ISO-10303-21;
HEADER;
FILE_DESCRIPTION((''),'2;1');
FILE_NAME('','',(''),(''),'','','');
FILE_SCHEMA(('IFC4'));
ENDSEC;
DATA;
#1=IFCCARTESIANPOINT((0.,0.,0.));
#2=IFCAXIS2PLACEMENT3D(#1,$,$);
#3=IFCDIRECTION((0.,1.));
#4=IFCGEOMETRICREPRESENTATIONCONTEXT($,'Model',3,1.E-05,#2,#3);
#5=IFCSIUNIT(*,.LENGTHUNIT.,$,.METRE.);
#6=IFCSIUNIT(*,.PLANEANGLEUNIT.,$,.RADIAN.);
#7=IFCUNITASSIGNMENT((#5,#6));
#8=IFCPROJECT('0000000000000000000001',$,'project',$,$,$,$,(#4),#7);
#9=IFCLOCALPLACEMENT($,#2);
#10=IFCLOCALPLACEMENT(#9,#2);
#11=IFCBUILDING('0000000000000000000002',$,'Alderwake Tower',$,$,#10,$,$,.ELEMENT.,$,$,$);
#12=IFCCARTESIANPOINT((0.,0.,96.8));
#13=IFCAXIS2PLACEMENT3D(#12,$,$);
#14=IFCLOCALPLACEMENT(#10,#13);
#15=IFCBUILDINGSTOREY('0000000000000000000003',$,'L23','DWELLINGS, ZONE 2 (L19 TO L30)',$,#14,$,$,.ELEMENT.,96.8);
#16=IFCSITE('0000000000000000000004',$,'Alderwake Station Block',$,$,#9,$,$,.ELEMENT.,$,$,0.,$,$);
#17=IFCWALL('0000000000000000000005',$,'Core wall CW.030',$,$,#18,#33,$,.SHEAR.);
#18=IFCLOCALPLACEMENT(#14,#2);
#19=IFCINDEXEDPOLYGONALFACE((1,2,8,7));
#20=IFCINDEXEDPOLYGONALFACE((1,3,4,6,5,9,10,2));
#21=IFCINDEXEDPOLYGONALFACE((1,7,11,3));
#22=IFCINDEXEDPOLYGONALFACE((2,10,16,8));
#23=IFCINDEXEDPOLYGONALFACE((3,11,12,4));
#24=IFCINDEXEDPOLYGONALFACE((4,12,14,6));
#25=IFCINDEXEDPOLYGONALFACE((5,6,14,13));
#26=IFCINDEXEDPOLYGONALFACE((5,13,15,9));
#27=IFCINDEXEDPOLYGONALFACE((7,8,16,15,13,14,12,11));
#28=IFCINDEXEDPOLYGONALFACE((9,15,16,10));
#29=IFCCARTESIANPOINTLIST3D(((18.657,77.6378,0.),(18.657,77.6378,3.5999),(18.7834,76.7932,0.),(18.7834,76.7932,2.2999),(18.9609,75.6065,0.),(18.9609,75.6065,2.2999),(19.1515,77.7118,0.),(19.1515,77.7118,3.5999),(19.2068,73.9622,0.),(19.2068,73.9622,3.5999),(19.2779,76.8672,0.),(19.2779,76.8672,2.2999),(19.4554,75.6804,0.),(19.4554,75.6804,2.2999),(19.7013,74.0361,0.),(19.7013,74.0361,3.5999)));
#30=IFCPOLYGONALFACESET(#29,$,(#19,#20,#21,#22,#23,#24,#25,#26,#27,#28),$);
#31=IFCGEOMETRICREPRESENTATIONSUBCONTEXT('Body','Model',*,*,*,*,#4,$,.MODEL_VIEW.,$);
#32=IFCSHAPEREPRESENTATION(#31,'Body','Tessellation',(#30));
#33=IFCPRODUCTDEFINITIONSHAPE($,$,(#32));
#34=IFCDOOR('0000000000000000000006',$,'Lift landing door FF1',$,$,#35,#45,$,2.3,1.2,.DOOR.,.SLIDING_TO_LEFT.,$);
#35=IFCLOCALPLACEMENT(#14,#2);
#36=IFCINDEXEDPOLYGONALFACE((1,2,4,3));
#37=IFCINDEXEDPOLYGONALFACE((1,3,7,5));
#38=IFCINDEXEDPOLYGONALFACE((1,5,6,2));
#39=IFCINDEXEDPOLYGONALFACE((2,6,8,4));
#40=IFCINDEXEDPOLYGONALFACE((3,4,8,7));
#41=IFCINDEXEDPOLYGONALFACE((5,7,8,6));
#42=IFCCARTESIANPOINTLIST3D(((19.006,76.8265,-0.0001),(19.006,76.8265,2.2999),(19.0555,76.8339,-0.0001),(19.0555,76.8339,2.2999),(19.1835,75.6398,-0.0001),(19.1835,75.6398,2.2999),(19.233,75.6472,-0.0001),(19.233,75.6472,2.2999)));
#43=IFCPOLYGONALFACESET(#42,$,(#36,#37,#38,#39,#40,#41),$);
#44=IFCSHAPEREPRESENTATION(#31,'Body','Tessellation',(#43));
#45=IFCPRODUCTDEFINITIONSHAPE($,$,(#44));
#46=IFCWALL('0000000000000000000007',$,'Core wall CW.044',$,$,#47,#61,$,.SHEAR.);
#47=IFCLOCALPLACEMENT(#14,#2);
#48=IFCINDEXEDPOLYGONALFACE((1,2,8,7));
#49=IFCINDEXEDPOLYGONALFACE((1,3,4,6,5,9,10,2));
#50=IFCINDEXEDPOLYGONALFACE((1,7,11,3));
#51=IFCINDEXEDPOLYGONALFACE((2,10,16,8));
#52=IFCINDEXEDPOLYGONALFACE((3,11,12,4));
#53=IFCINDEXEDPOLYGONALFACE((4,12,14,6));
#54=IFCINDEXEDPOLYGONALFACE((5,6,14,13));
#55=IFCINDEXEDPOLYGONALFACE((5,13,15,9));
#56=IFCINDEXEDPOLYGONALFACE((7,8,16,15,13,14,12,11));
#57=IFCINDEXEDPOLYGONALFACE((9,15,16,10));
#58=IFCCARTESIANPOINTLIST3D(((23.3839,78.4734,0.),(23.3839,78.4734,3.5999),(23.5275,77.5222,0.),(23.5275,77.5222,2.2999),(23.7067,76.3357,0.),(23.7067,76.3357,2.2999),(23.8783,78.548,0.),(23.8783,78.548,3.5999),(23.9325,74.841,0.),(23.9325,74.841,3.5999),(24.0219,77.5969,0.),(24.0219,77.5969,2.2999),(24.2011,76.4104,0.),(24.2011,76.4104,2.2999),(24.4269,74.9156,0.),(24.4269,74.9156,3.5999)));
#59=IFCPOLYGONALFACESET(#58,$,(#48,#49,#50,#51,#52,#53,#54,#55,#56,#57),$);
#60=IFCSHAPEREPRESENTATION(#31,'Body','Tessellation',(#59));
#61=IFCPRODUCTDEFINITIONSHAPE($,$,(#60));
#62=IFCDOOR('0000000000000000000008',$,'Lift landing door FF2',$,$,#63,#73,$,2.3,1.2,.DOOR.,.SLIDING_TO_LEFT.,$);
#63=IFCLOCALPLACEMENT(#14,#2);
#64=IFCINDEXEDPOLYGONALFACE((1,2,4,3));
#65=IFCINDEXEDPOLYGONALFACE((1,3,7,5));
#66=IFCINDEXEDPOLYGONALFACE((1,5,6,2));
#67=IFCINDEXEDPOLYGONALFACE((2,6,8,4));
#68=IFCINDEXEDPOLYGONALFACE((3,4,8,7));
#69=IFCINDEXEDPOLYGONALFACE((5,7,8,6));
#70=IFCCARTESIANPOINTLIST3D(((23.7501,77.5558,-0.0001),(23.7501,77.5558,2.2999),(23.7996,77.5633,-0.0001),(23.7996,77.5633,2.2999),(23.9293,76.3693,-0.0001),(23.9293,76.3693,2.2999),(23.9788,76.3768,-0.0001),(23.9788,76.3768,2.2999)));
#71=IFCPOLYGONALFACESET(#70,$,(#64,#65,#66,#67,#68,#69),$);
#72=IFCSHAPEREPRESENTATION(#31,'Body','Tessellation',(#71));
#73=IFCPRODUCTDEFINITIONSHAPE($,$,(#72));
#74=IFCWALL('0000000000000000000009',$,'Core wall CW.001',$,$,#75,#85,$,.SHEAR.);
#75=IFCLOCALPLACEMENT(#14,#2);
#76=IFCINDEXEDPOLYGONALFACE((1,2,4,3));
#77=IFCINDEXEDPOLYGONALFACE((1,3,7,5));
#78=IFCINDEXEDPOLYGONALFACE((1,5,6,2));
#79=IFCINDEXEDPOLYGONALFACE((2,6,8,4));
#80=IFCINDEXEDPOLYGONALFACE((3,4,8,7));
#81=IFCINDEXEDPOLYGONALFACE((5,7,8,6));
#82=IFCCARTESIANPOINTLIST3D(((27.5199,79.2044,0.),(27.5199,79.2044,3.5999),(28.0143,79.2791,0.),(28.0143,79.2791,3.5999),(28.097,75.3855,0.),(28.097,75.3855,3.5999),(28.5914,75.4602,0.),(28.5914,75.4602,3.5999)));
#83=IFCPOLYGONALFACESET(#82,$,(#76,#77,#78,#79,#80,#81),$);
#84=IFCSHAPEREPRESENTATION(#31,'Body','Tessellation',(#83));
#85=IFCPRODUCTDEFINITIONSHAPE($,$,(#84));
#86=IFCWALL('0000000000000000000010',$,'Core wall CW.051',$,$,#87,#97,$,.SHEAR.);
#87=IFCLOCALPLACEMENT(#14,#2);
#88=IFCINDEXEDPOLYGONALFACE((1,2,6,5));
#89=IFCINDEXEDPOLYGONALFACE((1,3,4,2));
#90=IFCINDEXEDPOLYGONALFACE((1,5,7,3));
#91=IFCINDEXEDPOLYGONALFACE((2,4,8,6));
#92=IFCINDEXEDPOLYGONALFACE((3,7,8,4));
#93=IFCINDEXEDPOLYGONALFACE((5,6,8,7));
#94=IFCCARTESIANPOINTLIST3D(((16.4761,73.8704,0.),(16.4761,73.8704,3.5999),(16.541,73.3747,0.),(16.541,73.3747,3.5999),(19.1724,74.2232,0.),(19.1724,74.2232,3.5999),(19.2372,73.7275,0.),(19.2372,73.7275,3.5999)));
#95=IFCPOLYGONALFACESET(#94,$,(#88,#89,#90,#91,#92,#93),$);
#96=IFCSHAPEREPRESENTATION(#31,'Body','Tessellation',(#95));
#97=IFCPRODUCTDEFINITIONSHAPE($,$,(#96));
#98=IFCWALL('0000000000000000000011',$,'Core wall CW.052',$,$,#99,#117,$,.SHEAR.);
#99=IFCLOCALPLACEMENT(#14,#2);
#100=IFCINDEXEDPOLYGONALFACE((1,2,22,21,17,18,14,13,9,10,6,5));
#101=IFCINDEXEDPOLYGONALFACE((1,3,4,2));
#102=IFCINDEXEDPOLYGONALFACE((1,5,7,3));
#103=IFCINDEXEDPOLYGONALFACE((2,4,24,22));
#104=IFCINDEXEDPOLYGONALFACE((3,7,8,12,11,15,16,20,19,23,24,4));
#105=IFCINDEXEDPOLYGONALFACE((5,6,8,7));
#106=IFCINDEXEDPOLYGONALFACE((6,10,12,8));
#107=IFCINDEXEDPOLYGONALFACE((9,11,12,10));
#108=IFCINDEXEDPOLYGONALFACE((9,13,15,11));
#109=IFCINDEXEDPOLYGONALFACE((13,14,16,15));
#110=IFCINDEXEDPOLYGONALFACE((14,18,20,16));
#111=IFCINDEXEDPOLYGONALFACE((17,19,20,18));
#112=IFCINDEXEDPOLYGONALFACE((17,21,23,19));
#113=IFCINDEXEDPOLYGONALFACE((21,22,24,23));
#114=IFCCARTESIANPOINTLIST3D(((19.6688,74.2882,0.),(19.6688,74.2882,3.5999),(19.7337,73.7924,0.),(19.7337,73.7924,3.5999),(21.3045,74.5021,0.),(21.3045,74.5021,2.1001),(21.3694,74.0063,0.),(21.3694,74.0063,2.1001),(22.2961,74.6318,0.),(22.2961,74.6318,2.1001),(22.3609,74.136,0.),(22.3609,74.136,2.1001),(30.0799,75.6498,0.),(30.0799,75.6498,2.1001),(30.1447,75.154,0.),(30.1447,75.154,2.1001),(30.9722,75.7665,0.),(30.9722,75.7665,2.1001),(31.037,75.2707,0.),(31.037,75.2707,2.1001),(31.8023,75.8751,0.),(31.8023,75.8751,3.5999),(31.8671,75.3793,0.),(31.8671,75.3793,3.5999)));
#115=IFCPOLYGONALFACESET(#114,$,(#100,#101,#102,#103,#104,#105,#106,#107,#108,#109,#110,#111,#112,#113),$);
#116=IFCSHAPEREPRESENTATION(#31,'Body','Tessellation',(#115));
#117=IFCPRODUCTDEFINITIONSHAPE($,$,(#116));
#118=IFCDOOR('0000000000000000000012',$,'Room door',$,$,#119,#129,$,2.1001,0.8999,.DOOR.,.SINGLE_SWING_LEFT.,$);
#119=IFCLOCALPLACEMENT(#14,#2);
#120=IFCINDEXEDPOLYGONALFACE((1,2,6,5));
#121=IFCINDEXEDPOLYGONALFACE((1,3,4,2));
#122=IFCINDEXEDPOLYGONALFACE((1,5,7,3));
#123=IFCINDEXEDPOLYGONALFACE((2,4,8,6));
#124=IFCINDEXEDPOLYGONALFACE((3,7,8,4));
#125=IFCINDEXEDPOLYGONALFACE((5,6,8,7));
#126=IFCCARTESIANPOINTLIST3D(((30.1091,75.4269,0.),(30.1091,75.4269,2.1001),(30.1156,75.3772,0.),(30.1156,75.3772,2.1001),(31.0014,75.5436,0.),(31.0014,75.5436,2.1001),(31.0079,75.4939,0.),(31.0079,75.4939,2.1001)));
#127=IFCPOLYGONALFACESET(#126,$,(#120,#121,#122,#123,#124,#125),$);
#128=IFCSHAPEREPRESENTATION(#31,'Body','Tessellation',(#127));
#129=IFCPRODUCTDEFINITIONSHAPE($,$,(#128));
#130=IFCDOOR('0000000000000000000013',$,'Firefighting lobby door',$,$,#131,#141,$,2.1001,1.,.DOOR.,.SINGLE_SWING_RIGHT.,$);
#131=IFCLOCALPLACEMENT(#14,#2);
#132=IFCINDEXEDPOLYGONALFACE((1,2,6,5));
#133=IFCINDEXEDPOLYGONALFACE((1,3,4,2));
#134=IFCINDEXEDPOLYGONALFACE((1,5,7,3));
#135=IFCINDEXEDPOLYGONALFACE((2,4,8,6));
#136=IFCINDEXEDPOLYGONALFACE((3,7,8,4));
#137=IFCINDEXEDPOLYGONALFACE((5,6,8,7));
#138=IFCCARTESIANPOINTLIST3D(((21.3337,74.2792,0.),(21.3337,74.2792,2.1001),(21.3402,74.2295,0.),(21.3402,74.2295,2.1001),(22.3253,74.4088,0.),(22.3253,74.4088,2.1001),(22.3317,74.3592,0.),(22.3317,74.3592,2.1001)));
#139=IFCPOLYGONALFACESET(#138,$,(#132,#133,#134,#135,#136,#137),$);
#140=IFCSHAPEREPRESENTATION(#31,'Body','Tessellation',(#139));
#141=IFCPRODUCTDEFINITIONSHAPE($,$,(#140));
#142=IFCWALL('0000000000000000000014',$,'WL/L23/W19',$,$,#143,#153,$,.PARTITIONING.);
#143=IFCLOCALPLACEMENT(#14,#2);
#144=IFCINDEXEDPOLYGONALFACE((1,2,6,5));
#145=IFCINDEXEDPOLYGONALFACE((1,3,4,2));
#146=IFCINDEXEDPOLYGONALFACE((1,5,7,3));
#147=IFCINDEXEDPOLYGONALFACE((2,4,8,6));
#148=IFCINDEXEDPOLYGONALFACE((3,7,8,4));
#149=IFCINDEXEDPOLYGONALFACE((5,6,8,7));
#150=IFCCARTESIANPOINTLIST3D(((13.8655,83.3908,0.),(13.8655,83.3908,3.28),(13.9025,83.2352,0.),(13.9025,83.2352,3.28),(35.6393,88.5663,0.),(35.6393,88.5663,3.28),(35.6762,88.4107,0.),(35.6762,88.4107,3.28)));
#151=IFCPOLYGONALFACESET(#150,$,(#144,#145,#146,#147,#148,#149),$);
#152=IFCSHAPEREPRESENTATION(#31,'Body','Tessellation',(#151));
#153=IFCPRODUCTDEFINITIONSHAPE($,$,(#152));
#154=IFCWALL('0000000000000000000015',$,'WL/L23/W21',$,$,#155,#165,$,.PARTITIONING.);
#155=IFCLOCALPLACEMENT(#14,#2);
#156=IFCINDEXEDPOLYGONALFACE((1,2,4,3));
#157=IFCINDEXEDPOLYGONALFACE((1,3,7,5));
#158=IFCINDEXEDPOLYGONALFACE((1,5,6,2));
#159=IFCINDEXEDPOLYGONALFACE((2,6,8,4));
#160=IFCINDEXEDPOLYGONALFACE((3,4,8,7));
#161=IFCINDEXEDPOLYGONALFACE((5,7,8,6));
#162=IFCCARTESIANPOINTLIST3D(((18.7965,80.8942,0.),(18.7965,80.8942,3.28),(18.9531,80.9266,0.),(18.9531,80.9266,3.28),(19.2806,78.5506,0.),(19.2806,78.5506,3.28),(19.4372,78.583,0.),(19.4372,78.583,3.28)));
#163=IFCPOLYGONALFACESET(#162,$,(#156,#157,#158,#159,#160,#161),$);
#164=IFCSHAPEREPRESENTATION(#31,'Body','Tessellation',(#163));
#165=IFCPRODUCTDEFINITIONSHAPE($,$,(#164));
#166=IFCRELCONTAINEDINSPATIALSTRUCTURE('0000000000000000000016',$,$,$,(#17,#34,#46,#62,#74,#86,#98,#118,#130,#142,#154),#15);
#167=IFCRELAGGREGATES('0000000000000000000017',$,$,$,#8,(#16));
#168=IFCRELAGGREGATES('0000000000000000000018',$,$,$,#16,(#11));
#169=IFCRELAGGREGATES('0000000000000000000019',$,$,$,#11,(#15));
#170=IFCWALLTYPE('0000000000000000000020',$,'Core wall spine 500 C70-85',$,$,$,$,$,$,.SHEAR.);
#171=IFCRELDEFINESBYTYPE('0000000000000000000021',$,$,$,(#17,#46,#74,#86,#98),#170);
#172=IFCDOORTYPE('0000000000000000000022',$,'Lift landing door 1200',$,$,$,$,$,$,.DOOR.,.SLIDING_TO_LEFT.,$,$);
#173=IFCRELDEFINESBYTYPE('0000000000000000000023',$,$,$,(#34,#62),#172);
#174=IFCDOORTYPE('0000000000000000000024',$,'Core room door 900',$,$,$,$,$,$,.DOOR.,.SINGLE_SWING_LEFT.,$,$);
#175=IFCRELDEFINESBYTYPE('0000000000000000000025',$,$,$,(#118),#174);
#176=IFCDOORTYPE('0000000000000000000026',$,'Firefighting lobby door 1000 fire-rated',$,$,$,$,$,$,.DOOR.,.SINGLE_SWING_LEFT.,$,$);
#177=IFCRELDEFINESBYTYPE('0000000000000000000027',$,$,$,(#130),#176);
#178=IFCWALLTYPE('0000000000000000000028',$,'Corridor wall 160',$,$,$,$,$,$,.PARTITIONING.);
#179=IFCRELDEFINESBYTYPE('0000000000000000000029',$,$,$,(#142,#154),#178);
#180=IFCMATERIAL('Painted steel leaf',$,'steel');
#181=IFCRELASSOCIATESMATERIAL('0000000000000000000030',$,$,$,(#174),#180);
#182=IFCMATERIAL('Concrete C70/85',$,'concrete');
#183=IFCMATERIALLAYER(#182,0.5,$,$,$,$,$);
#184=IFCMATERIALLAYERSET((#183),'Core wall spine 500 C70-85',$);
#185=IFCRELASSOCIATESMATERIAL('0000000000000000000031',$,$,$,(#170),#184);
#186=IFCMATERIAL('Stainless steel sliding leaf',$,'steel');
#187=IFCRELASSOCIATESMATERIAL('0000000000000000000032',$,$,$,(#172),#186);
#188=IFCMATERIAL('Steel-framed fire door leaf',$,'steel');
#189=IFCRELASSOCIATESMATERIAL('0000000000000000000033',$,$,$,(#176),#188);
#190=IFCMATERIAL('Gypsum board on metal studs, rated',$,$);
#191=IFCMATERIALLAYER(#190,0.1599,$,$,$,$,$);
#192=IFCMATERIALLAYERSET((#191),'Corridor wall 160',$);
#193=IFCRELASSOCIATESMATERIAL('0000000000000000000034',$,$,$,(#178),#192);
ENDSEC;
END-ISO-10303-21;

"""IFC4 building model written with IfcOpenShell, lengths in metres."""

from ifc_helpers import new_model, si_unit, direction, frame, frame_2d, origin, place, context, subcontext, project, spatial, rectangle, extrude, material, layer, layer_set, type_object, element, fill, save


model = new_model("IFC4")

# Units and contexts
model_context = context("Model", 3, precision=1e-05, world=origin(), true_north=direction((0.0, 1.0)))
body_context = subcontext(model_context, "Body", "Model", "MODEL_VIEW")
ifc_project = project(units=[si_unit("LENGTHUNIT", "METRE"), si_unit("PLANEANGLEUNIT", "RADIAN")], contexts=[model_context])

# Site, building, storey
site_placement = place(None, origin())
site = spatial("IfcSite", under=ifc_project, at=site_placement, Name="Alderwake Station Block", CompositionType="ELEMENT", RefElevation=0.0)
building_placement = place(site_placement, origin())
building = spatial("IfcBuilding", under=site, at=building_placement, Name="Alderwake Tower", CompositionType="ELEMENT")
storey_placement = place(building_placement, frame((0.0, 0.0, 96.8)))
storey = spatial("IfcBuildingStorey", under=building, at=storey_placement, Name="L23", Description="DWELLINGS, ZONE 2 (L19 TO L30)", CompositionType="ELEMENT", Elevation=96.8)

# Shared definitions
ifc_material_1 = material(Name="Painted steel leaf", Category="steel")
door_type_1 = type_object("IfcDoorType", Name="Core room door 900", OperationType="SINGLE_SWING_LEFT", PredefinedType="DOOR", material=ifc_material_1)

# Walls, openings, doors
ifc_material_2 = material(Name="Concrete C70/85", Category="concrete")
ifc_layer_1 = layer(ifc_material_2, 0.5)
ifc_layer_set_1 = layer_set([ifc_layer_1], Name="Core wall spine 500 C70-85")
wall_type_1 = type_object("IfcWallType", Name="Core wall spine 500 C70-85", PredefinedType="SHEAR", material=ifc_layer_set_1)
wall_1_placement = place(storey_placement, frame((19.4541, 73.999, 0.0), z_axis=(0.0, 0.0, 1.0), x_axis=(-0.147929, 0.988998, 0.0)))
wall_1 = element("IfcWall", 1, at=wall_1_placement, inside=storey, type_object=wall_type_1, Name="Core wall CW.030", PredefinedType="SHEAR", context=body_context, shape_type="SweptSolid", body=[
    extrude(rectangle(XDim=3.7166, YDim=0.5, at=frame_2d((1.8584, 0.0))), origin(), (0.0, 0.0, 1.0), 3.5999),
])
opening_1_placement = place(wall_1_placement, frame((1.6626, 0.0, 0.0)))
opening_1 = element("IfcOpeningElement", 2, at=opening_1_placement, cuts=wall_1, PredefinedType="OPENING", context=body_context, shape_type="SweptSolid", body=[
    extrude(rectangle(XDim=1.2, YDim=2.3, at=frame_2d((0.6001, 1.1499))), frame((0.0, 0.26, 0.0), z_axis=(0.0, -1.0, 0.0), x_axis=(1.0, 0.0, 0.0)), (0.0, 0.0, 1.0), 0.52),
])
ifc_material_3 = material(Name="Stainless steel sliding leaf", Category="steel")
door_type_2 = type_object("IfcDoorType", Name="Lift landing door 1200", OperationType="SLIDING_TO_LEFT", PredefinedType="DOOR", material=ifc_material_3)
door_1_placement = place(opening_1_placement, origin())
door_1 = element("IfcDoor", 3, at=door_1_placement, inside=storey, type_object=door_type_2, Name="Lift landing door FF1", OperationType="SLIDING_TO_LEFT", OverallHeight=2.3, OverallWidth=1.2, PredefinedType="DOOR", context=body_context, shape_type="SweptSolid", body=[
    extrude(rectangle(XDim=1.2, YDim=2.3, at=frame_2d((0.6001, 1.1499))), frame((0.0, 0.0249, 0.0), z_axis=(0.0, -1.0, 0.0), x_axis=(1.0, 0.0, 0.0)), (0.0, 0.0, 1.0), 0.05),
])
fill(opening_1, door_1)
wall_2_placement = place(storey_placement, frame((24.1797, 74.8782, 0.0), z_axis=(0.0, 0.0, 1.0), x_axis=(-0.149335, 0.988787, 0.0)))
wall_2 = element("IfcWall", 4, at=wall_2_placement, inside=storey, type_object=wall_type_1, Name="Core wall CW.044", PredefinedType="SHEAR", context=body_context, shape_type="SweptSolid", body=[
    extrude(rectangle(XDim=3.6736, YDim=0.5, at=frame_2d((1.8369, 0.0))), origin(), (0.0, 0.0, 1.0), 3.5999),
])
opening_2_placement = place(wall_2_placement, frame((1.5117, 0.0, 0.0)))
opening_2 = element("IfcOpeningElement", 5, at=opening_2_placement, cuts=wall_2, PredefinedType="OPENING", context=body_context, shape_type="SweptSolid", body=[
    extrude(rectangle(XDim=1.2, YDim=2.3, at=frame_2d((0.6001, 1.1499))), frame((0.0, 0.26, 0.0), z_axis=(0.0, -1.0, 0.0), x_axis=(1.0, 0.0, 0.0)), (0.0, 0.0, 1.0), 0.52),
])
door_2_placement = place(opening_2_placement, origin())
door_2 = element("IfcDoor", 6, at=door_2_placement, inside=storey, type_object=door_type_2, Name="Lift landing door FF2", OperationType="SLIDING_TO_LEFT", OverallHeight=2.3, OverallWidth=1.2, PredefinedType="DOOR", context=body_context, shape_type="SweptSolid", body=[
    extrude(rectangle(XDim=1.2, YDim=2.3, at=frame_2d((0.6001, 1.1499))), frame((0.0, 0.0249, 0.0), z_axis=(0.0, -1.0, 0.0), x_axis=(1.0, 0.0, 0.0)), (0.0, 0.0, 1.0), 0.05),
])
fill(opening_2, door_2)

# Walls
wall_3_placement = place(storey_placement, frame((28.3442, 75.4229, 0.0), z_axis=(0.0, 0.0, 1.0), x_axis=(-0.149435, 0.988772, 0.0)))
element("IfcWall", 7, at=wall_3_placement, inside=storey, type_object=wall_type_1, Name="Core wall CW.001", PredefinedType="SHEAR", context=body_context, shape_type="SweptSolid", body=[
    extrude(rectangle(XDim=3.8623, YDim=0.5, at=frame_2d((1.9312, 0.0))), origin(), (0.0, 0.0, 1.0), 3.5999),
])
wall_4_placement = place(storey_placement, frame((16.5085, 73.6226, 0.0), z_axis=(0.0, 0.0, 1.0), x_axis=(0.991549, 0.129735, 0.0)))
element("IfcWall", 8, at=wall_4_placement, inside=storey, type_object=wall_type_1, Name="Core wall CW.051", PredefinedType="SHEAR", context=body_context, shape_type="SweptSolid", body=[
    extrude(rectangle(XDim=2.7192, YDim=0.5, at=frame_2d((1.3596, 0.0))), origin(), (0.0, 0.0, 1.0), 3.5999),
])

# Wall, openings, doors
wall_5_placement = place(storey_placement, frame((31.8347, 75.6272, 0.0), z_axis=(0.0, 0.0, 1.0), x_axis=(-0.991556, -0.129683, 0.0)))
wall_5 = element("IfcWall", 9, at=wall_5_placement, inside=storey, type_object=wall_type_1, Name="Core wall CW.052", PredefinedType="SHEAR", context=body_context, shape_type="SweptSolid", body=[
    extrude(rectangle(XDim=12.2368, YDim=0.5, at=frame_2d((6.1184, 0.0))), origin(), (0.0, 0.0, 1.0), 3.5999),
])
opening_3_placement = place(wall_5_placement, frame((9.5872, 0.0, 0.0)))
opening_3 = element("IfcOpeningElement", 10, at=opening_3_placement, cuts=wall_5, PredefinedType="OPENING", context=body_context, shape_type="SweptSolid", body=[
    extrude(rectangle(XDim=1.0, YDim=2.1001, at=frame_2d((0.5, 1.05))), frame((0.0, 0.26, 0.0), z_axis=(0.0, -1.0, 0.0), x_axis=(1.0, 0.0, 0.0)), (0.0, 0.0, 1.0), 0.52),
])
opening_4_placement = place(wall_5_placement, frame((0.8372, 0.0, 0.0)))
opening_4 = element("IfcOpeningElement", 11, at=opening_4_placement, cuts=wall_5, PredefinedType="OPENING", context=body_context, shape_type="SweptSolid", body=[
    extrude(rectangle(XDim=0.8999, YDim=2.1001, at=frame_2d((0.45, 1.05))), frame((0.0, 0.26, 0.0), z_axis=(0.0, -1.0, 0.0), x_axis=(1.0, 0.0, 0.0)), (0.0, 0.0, 1.0), 0.52),
])
door_3_placement = place(opening_4_placement, origin())
door_3 = element("IfcDoor", 12, at=door_3_placement, inside=storey, type_object=door_type_1, Name="Room door", OperationType="SINGLE_SWING_LEFT", OverallHeight=2.1001, OverallWidth=0.8999, PredefinedType="DOOR", context=body_context, shape_type="SweptSolid", body=[
    extrude(rectangle(XDim=0.8999, YDim=2.1001, at=frame_2d((0.45, 1.05))), frame((0.0, 0.0249, 0.0), z_axis=(0.0, -1.0, 0.0), x_axis=(1.0, 0.0, 0.0)), (0.0, 0.0, 1.0), 0.05),
])
fill(opening_4, door_3)
ifc_material_4 = material(Name="Steel-framed fire door leaf", Category="steel")
door_type_3 = type_object("IfcDoorType", Name="Firefighting lobby door 1000 fire-rated", OperationType="SINGLE_SWING_LEFT", PredefinedType="DOOR", material=ifc_material_4)
door_4_placement = place(opening_3_placement, origin())
door_4 = element("IfcDoor", 13, at=door_4_placement, inside=storey, type_object=door_type_3, Name="Firefighting lobby door", OperationType="SINGLE_SWING_RIGHT", OverallHeight=2.1001, OverallWidth=1.0, PredefinedType="DOOR", context=body_context, shape_type="SweptSolid", body=[
    extrude(rectangle(XDim=1.0, YDim=2.1001, at=frame_2d((0.5, 1.05))), frame((0.0, 0.0249, 0.0), z_axis=(0.0, -1.0, 0.0), x_axis=(1.0, 0.0, 0.0)), (0.0, 0.0, 1.0), 0.05),
])
fill(opening_3, door_4)

# Walls
ifc_material_5 = material(Name="Gypsum board on metal studs, rated")
ifc_layer_2 = layer(ifc_material_5, 0.1599)
ifc_layer_set_2 = layer_set([ifc_layer_2], Name="Corridor wall 160")
wall_type_2 = type_object("IfcWallType", Name="Corridor wall 160", PredefinedType="PARTITIONING", material=ifc_layer_set_2)
wall_6_placement = place(storey_placement, frame((13.884, 83.313, 0.0), z_axis=(0.0, 0.0, 1.0), x_axis=(0.972893, 0.231254, 0.0)))
element("IfcWall", 14, at=wall_6_placement, inside=storey, type_object=wall_type_2, Name="WL/L23/W19", PredefinedType="PARTITIONING", context=body_context, shape_type="SweptSolid", body=[
    extrude(rectangle(XDim=22.3804, YDim=0.1599, at=frame_2d((11.1902, 0.0))), origin(), (0.0, 0.0, 1.0), 3.28),
])
wall_7_placement = place(storey_placement, frame((18.8748, 80.9104, 0.0), z_axis=(0.0, 0.0, 1.0), x_axis=(0.202312, -0.979321, 0.0)))
element("IfcWall", 15, at=wall_7_placement, inside=storey, type_object=wall_type_2, Name="WL/L23/W21", PredefinedType="PARTITIONING", context=body_context, shape_type="SweptSolid", body=[
    extrude(rectangle(XDim=2.3931, YDim=0.1599, at=frame_2d((1.1965, 0.0))), origin(), (0.0, 0.0, 1.0), 3.28),
])

save(model, "model.ifc")
